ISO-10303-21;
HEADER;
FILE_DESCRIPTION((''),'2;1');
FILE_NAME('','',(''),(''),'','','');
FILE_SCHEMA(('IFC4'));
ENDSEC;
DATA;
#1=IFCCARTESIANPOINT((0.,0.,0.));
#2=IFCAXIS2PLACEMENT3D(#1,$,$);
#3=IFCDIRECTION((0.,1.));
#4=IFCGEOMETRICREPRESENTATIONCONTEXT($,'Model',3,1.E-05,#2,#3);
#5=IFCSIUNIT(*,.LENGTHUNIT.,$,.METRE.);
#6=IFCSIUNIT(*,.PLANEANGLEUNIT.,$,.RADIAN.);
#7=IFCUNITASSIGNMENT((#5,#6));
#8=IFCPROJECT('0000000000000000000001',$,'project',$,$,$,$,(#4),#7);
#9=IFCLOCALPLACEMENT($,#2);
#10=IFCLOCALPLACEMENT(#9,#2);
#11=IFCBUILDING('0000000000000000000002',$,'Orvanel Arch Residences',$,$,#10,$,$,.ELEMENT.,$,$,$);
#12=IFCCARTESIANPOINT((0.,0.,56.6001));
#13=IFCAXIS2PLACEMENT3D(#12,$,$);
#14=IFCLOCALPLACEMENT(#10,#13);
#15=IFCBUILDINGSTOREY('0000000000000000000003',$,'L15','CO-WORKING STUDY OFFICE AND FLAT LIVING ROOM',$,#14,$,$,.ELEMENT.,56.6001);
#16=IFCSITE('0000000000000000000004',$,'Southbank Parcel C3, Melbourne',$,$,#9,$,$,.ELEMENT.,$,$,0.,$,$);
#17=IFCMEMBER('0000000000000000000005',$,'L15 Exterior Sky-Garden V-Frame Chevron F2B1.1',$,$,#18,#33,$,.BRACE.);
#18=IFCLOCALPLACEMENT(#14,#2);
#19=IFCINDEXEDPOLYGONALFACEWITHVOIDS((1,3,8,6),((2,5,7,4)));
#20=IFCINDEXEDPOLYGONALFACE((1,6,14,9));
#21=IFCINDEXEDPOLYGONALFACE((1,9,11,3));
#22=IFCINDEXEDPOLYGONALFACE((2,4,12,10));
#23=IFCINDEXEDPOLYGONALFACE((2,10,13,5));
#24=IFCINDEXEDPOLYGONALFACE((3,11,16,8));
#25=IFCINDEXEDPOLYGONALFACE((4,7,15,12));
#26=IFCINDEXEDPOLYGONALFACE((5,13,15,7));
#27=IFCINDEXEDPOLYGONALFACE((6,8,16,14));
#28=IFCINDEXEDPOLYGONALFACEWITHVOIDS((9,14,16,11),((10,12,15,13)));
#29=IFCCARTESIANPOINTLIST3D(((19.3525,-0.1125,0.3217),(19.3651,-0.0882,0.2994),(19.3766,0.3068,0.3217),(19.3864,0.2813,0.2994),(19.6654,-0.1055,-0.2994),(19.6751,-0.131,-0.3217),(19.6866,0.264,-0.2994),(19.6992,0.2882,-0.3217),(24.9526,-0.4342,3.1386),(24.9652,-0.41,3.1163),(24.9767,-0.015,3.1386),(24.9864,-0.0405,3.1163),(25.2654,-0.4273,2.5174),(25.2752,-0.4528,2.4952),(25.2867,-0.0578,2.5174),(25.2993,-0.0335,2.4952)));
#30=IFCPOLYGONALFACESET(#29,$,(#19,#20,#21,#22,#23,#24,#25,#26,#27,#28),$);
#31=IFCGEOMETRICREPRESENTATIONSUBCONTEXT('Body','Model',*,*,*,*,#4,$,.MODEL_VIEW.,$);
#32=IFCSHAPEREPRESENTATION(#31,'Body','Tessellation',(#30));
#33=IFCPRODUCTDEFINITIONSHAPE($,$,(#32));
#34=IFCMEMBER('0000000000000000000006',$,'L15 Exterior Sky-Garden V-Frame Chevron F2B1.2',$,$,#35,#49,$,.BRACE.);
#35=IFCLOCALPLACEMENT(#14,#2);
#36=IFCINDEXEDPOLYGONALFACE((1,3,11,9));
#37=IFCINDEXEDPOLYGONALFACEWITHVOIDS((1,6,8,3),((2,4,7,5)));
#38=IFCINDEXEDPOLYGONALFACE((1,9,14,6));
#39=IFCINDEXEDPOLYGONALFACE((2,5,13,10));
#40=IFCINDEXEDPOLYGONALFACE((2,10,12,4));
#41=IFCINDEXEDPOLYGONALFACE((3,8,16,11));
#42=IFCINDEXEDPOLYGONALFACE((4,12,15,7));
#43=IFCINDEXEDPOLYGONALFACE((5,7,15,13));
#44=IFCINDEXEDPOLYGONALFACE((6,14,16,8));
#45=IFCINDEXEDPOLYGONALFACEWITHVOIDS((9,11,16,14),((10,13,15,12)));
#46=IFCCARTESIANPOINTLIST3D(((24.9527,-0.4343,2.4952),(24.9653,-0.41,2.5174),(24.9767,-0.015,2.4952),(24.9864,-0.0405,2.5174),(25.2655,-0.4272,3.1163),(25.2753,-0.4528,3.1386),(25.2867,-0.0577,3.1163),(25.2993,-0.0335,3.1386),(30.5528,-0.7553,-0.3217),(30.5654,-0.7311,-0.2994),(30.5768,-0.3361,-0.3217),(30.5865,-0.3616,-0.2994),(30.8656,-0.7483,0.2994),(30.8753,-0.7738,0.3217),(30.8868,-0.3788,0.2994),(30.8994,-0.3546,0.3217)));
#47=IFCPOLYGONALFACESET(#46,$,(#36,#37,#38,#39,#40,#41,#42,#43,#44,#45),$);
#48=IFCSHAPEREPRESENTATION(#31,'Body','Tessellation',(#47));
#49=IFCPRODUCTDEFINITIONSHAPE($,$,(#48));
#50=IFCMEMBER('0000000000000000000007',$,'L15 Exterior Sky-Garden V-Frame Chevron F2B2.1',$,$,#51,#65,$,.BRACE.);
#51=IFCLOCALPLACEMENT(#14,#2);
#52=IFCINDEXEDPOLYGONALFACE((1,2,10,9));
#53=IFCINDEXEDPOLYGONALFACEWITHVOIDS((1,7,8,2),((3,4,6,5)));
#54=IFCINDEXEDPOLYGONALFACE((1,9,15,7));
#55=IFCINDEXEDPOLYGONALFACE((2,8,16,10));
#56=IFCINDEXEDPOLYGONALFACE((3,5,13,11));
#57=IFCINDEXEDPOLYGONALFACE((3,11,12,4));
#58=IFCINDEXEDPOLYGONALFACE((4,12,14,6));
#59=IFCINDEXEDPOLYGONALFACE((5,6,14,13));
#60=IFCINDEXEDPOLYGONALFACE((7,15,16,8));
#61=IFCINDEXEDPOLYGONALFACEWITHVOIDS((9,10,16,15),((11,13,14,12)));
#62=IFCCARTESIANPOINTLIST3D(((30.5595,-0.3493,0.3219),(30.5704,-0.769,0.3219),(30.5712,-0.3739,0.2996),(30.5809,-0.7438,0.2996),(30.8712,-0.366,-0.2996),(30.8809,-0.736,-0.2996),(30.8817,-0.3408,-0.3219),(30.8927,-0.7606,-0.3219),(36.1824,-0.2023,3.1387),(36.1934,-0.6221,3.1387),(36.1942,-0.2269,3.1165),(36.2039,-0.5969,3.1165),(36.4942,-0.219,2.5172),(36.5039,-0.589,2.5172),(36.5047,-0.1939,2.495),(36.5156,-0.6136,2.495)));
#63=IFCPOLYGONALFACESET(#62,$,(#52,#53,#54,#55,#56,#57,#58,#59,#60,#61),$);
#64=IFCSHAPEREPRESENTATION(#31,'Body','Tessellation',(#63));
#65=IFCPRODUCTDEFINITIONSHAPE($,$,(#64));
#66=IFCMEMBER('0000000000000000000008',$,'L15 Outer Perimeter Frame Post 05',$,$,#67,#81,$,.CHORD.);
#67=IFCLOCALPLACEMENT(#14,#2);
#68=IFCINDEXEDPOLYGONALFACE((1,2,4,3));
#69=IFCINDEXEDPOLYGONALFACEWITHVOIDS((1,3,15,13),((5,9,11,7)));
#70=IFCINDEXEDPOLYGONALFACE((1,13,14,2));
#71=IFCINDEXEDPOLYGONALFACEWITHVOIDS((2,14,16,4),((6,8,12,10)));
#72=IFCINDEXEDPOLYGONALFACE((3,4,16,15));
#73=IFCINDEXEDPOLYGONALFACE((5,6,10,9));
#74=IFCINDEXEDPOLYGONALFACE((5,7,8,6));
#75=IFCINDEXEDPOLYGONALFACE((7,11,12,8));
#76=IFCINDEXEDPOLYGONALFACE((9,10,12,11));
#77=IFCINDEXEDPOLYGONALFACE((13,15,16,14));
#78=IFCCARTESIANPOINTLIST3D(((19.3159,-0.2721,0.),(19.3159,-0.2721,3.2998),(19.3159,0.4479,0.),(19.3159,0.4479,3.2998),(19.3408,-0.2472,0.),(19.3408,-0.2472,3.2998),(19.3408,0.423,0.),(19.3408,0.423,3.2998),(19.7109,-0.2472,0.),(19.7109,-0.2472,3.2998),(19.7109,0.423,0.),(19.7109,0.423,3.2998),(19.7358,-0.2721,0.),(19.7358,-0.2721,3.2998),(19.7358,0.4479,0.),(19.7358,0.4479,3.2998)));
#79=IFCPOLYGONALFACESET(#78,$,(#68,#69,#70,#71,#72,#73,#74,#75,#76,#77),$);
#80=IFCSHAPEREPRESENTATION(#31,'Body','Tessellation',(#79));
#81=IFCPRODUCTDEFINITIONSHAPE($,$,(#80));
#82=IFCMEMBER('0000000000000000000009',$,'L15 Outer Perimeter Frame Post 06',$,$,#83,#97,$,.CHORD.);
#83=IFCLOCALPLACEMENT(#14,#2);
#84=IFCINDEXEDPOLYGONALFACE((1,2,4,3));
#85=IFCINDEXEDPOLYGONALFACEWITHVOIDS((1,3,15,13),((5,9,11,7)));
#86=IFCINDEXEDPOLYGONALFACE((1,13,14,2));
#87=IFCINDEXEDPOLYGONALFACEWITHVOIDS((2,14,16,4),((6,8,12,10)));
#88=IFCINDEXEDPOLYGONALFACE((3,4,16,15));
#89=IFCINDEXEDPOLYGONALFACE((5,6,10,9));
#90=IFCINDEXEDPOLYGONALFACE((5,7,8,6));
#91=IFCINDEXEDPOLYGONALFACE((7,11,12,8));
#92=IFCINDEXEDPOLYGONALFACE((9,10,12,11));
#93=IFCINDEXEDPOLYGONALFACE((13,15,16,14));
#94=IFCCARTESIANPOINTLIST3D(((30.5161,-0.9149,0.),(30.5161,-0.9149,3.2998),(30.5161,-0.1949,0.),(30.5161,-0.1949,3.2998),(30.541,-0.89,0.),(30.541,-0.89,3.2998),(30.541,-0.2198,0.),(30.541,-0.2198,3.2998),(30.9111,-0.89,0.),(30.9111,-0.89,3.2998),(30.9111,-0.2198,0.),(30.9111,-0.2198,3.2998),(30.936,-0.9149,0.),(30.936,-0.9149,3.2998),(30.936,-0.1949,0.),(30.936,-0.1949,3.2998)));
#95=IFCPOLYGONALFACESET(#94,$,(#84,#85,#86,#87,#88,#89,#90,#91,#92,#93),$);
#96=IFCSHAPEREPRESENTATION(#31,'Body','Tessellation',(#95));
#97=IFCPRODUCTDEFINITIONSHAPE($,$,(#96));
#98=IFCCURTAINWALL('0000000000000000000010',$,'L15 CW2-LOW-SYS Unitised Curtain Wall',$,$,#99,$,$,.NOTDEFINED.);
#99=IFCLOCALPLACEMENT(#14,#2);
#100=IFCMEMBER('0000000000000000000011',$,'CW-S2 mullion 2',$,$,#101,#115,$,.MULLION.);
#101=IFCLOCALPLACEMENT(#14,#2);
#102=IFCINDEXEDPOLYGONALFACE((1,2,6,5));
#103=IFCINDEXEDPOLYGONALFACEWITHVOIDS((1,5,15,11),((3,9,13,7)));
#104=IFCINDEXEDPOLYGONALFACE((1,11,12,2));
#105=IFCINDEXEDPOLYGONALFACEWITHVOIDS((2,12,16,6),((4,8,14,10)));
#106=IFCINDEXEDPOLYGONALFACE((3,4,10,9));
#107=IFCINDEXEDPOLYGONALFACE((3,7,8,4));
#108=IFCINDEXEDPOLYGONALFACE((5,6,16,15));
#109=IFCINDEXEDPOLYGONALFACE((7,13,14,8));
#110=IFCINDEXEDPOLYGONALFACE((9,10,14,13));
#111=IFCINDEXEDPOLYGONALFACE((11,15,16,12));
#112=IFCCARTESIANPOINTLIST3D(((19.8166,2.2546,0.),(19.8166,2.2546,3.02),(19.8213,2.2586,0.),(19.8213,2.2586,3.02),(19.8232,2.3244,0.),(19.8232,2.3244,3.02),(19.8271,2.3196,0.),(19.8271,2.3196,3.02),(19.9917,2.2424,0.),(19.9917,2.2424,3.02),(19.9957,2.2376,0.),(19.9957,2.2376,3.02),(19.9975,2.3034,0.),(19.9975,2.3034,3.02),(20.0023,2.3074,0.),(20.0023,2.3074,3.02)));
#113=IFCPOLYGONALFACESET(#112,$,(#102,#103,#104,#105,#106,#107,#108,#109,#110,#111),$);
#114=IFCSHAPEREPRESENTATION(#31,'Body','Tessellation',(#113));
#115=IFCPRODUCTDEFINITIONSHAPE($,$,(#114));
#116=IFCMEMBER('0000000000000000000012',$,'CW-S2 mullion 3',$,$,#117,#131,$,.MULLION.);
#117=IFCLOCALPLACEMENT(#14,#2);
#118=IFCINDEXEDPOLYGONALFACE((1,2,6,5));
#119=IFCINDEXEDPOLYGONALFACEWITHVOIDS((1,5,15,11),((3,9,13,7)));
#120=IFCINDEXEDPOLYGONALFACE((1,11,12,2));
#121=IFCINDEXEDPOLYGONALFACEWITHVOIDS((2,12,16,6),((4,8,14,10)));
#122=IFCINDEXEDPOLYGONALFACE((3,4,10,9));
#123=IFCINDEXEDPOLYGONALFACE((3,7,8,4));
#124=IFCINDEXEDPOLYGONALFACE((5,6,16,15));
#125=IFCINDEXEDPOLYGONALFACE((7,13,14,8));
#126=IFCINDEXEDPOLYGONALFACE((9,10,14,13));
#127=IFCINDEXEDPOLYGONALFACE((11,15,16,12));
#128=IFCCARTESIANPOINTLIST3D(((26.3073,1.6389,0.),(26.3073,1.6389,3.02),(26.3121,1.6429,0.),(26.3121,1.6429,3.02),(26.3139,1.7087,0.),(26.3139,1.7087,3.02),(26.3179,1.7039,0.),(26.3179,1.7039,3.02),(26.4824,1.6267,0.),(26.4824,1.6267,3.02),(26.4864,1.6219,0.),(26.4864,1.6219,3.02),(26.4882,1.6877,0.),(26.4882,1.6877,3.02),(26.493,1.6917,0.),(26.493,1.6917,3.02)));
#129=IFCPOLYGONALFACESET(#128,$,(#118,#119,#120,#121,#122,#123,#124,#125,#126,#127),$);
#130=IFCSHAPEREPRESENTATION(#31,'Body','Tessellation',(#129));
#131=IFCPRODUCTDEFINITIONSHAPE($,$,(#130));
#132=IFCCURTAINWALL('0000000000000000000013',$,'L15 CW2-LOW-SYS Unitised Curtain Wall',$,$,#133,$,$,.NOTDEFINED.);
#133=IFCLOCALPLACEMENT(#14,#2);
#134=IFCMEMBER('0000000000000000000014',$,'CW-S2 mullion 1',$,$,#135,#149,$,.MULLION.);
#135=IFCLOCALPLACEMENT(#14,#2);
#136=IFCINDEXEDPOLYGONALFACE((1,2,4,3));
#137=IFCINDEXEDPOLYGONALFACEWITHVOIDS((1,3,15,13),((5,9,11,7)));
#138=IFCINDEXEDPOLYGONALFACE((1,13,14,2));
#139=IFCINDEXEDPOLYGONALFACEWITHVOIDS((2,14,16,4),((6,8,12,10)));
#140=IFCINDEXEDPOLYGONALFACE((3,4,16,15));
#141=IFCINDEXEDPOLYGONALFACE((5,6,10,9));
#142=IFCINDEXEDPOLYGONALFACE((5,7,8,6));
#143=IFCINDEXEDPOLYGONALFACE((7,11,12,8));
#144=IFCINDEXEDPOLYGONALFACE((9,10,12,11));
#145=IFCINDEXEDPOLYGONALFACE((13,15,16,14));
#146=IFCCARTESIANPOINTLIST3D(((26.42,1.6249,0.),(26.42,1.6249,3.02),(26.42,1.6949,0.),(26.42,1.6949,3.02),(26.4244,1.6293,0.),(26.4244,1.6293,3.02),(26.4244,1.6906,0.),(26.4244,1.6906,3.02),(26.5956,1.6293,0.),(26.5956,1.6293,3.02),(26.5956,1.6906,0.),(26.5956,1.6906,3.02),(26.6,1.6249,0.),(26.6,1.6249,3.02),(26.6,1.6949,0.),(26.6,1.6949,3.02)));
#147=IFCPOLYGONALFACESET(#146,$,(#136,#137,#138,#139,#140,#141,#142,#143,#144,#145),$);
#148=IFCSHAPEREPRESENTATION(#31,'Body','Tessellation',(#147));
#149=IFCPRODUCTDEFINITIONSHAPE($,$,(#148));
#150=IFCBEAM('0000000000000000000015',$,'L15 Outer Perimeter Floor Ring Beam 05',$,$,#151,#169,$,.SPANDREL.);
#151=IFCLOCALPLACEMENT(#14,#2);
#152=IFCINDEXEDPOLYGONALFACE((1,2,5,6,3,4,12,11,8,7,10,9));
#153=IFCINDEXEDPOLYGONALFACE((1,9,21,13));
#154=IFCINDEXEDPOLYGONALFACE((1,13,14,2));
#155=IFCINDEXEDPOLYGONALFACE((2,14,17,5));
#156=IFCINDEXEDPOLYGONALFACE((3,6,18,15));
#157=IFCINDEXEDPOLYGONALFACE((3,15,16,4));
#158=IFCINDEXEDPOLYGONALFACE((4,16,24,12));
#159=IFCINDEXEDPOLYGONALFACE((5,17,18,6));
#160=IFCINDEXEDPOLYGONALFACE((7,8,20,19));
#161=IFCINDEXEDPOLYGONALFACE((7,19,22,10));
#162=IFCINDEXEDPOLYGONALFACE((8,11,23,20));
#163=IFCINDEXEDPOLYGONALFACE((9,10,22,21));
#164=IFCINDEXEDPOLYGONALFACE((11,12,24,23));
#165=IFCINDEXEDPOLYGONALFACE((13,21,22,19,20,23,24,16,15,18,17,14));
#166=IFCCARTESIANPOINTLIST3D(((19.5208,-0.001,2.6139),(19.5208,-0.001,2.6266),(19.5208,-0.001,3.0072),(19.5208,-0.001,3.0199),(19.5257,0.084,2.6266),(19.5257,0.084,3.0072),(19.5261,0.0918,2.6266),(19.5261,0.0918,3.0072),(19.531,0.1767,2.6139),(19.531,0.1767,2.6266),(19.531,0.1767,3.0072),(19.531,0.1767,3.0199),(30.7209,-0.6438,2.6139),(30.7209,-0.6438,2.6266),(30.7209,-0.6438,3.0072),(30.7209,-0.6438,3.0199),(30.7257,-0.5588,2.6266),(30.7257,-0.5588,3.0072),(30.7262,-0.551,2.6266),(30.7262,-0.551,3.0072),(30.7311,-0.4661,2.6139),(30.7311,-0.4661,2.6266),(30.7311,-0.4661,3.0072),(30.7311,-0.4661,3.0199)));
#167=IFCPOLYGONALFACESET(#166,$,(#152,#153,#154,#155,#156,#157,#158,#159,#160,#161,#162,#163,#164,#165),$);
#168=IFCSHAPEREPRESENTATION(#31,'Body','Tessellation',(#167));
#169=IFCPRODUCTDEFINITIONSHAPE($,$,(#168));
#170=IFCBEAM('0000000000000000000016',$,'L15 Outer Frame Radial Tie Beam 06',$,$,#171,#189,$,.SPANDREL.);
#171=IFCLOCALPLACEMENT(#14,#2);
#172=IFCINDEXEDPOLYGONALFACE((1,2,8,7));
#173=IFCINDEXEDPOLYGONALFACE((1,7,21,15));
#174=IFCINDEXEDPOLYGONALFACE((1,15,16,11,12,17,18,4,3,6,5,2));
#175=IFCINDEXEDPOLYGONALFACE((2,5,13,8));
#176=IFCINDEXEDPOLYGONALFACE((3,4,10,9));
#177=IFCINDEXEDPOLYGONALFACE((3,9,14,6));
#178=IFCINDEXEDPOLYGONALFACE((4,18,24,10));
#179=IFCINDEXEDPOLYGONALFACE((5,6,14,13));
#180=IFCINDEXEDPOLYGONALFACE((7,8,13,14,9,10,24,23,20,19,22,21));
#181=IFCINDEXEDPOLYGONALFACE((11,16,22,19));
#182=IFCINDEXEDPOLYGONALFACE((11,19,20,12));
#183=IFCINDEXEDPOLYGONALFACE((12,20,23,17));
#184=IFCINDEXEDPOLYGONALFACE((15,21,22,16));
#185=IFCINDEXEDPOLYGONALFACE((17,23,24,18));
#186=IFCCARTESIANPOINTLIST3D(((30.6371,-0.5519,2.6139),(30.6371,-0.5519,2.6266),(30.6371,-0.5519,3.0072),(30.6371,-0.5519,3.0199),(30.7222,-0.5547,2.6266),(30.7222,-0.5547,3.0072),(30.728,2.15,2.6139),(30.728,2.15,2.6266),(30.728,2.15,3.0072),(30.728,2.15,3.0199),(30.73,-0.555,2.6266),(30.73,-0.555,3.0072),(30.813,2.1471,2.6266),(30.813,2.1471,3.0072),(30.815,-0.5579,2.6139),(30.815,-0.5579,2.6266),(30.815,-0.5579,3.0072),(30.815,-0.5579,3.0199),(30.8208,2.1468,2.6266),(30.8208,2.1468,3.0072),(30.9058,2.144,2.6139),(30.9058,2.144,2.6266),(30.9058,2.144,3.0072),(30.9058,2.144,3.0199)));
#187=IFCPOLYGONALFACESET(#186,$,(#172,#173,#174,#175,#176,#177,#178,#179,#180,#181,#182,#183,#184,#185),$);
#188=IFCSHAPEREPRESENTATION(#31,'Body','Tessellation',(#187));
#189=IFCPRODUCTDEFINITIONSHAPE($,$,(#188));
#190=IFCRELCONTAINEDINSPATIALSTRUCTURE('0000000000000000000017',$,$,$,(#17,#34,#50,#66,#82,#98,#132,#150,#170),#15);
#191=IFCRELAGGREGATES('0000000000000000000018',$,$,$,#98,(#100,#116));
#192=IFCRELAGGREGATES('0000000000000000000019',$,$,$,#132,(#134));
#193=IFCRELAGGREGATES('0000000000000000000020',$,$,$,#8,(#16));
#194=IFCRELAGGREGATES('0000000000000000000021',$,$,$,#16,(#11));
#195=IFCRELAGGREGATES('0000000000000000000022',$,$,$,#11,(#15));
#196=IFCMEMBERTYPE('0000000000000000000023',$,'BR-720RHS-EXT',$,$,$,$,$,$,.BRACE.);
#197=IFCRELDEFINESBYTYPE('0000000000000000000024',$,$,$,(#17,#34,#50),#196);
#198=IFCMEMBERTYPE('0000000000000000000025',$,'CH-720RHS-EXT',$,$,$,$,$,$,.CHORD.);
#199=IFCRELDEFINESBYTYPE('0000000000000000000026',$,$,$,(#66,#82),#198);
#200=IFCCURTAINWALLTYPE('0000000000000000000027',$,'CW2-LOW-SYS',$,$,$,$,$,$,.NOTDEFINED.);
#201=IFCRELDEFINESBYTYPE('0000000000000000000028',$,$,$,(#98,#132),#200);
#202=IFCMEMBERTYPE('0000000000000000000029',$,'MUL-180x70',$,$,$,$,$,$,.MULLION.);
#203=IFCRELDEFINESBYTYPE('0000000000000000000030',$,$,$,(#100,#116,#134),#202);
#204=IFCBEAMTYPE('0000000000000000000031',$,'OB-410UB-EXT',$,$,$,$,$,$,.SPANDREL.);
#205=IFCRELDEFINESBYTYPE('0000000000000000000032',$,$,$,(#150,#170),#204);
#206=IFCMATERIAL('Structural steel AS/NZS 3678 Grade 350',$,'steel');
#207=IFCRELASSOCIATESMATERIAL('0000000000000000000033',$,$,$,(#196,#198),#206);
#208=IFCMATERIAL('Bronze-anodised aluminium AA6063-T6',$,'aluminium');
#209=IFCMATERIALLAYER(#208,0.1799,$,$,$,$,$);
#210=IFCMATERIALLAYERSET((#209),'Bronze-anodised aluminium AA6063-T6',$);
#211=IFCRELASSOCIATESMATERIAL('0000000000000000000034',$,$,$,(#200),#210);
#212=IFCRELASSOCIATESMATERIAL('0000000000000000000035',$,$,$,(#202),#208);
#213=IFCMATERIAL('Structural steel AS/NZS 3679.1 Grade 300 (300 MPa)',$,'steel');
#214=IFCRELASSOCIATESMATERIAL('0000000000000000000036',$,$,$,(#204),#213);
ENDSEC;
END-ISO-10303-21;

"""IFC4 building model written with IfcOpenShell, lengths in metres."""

from ifc_helpers import new_model, si_unit, direction, frame, origin, origin_2d, place, context, subcontext, project, spatial, hollow_rectangle, i_section, extrude, material, layer, layer_set, material_profile, profile_set, type_object, element, aggregate, save


model = new_model("IFC4")

# Units and contexts
model_context = context("Model", 3, precision=1e-05, world=origin(), true_north=direction((0.0, 1.0)))
body_context = subcontext(model_context, "Body", "Model", "MODEL_VIEW")
ifc_project = project(units=[si_unit("LENGTHUNIT", "METRE"), si_unit("PLANEANGLEUNIT", "RADIAN")], contexts=[model_context])

# Site, building, storey
site_placement = place(None, origin())
site = spatial("IfcSite", under=ifc_project, at=site_placement, Name="Southbank Parcel C3, Melbourne", CompositionType="ELEMENT", RefElevation=0.0)
building_placement = place(site_placement, origin())
building = spatial("IfcBuilding", under=site, at=building_placement, Name="Orvanel Arch Residences", CompositionType="ELEMENT")
storey_placement = place(building_placement, frame((0.0, 0.0, 56.6001)))
storey = spatial("IfcBuildingStorey", under=building, at=storey_placement, Name="L15", Description="CO-WORKING STUDY OFFICE AND FLAT LIVING ROOM", CompositionType="ELEMENT", Elevation=56.6001)

# Members
ifc_material_1 = material(Name="Structural steel AS/NZS 3678 Grade 350", Category="steel")
ifc_material_profile_1 = material_profile(ifc_material_1, hollow_rectangle(XDim=0.4199, YDim=0.72, WallThickness=0.0249, at=origin_2d()), Name="RHS720x420x25")
ifc_profile_set_1 = profile_set([ifc_material_profile_1], Name="Structural steel AS/NZS 3678 Grade 350")
member_type_1 = type_object("IfcMemberType", Name="BR-720RHS-EXT", PredefinedType="BRACE", material=ifc_profile_set_1)
for number, where, z_axis, x_axis, name in (
    (1, (19.5259, 0.0879, 0.0), (0.892175, -0.051264, 0.448771), (0.057365, 0.998353, 0.0), "L15 Exterior Sky-Garden V-Frame Chevron F2B1.1"),
    (2, (30.7261, -0.5549, 0.0), (-0.89218, 0.051147, 0.448774), (-0.057234, -0.998361, 0.0), "L15 Exterior Sky-Garden V-Frame Chevron F2B1.2"),
):
    element("IfcMember", number, at=place(storey_placement, frame(where, z_axis=z_axis, x_axis=x_axis)), inside=storey, type_object=member_type_1, Name=name, PredefinedType="BRACE", context=body_context, shape_type="SweptSolid", body=[
        extrude(hollow_rectangle(XDim=0.4199, YDim=0.72, WallThickness=0.0249, at=origin_2d()), origin(), (0.0, 0.0, 1.0), 6.2769),
    ])
member_1_placement = place(storey_placement, frame((30.7261, -0.5549, 0.0), z_axis=(0.893841, 0.023363, 0.447774), x_axis=(-0.026129, 0.999659, 0.0)))
element("IfcMember", 3, at=member_1_placement, inside=storey, type_object=member_type_1, Name="L15 Exterior Sky-Garden V-Frame Chevron F2B2.1", PredefinedType="BRACE", context=body_context, shape_type="SweptSolid", body=[
    extrude(hollow_rectangle(XDim=0.4199, YDim=0.72, WallThickness=0.0249, at=origin_2d()), origin(), (0.0, 0.0, 1.0), 6.2908),
])
ifc_material_profile_2 = material_profile(ifc_material_1, hollow_rectangle(XDim=0.4199, YDim=0.72, WallThickness=0.0249, at=origin_2d()), Name="RHS720x420x25")
ifc_profile_set_2 = profile_set([ifc_material_profile_2], Name="Structural steel AS/NZS 3678 Grade 350")
member_type_2 = type_object("IfcMemberType", Name="CH-720RHS-EXT", PredefinedType="CHORD", material=ifc_profile_set_2)
for number, where, z_axis, x_axis, name in (
    (4, (19.5259, 0.0879, 0.0), (0.0, 0.0, 1.0), (1.0, 0.0, 0.0), "L15 Outer Perimeter Frame Post 05"),
    (5, (30.7261, -0.5549, 0.0), (0.0, 0.0, 1.0), (1.0, 0.0, 0.0), "L15 Outer Perimeter Frame Post 06"),
):
    element("IfcMember", number, at=place(storey_placement, frame(where, z_axis=z_axis, x_axis=x_axis)), inside=storey, type_object=member_type_2, Name=name, PredefinedType="CHORD", context=body_context, shape_type="SweptSolid", body=[
        extrude(hollow_rectangle(XDim=0.4199, YDim=0.72, WallThickness=0.0249, at=origin_2d()), origin(), (0.0, 0.0, 1.0), 3.2998),
    ])

# Curtain wall, members
ifc_material_2 = material(Name="Bronze-anodised aluminium AA6063-T6", Category="aluminium")
ifc_layer_1 = layer(ifc_material_2, 0.1799)
ifc_layer_set_1 = layer_set([ifc_layer_1], Name="Bronze-anodised aluminium AA6063-T6")
curtain_wall_type = type_object("IfcCurtainWallType", Name="CW2-LOW-SYS", PredefinedType="NOTDEFINED", material=ifc_layer_set_1)
curtain_wall_1_placement = place(storey_placement, origin())
curtain_wall_1 = element("IfcCurtainWall", 6, at=curtain_wall_1_placement, inside=storey, type_object=curtain_wall_type, Name="L15 CW2-LOW-SYS Unitised Curtain Wall", PredefinedType="NOTDEFINED")
ifc_material_profile_3 = material_profile(ifc_material_2, hollow_rectangle(XDim=0.0701, YDim=0.1799, WallThickness=0.0044, at=origin_2d()), Name="ALU180x70x4.5")
ifc_profile_set_3 = profile_set([ifc_material_profile_3], Name="Bronze-anodised aluminium AA6063-T6")
member_type_3 = type_object("IfcMemberType", Name="MUL-180x70", PredefinedType="MULLION", material=ifc_profile_set_3)
member_2_placement = place(storey_placement, frame((19.9094, 2.281, 0.0), z_axis=(0.0, 0.0, 1.0), x_axis=(0.094435, 0.995531, 0.0)))
member_2 = element("IfcMember", 7, at=member_2_placement, type_object=member_type_3, Name="CW-S2 mullion 2", PredefinedType="MULLION", context=body_context, shape_type="SweptSolid", body=[
    extrude(hollow_rectangle(XDim=0.0701, YDim=0.1799, WallThickness=0.0044, at=origin_2d()), origin(), (0.0, 0.0, 1.0), 3.02),
])
member_3_placement = place(storey_placement, frame((26.4001, 1.6653, 0.0), z_axis=(0.0, 0.0, 1.0), x_axis=(0.094435, 0.995531, 0.0)))
member_3 = element("IfcMember", 8, at=member_3_placement, type_object=member_type_3, Name="CW-S2 mullion 3", PredefinedType="MULLION", context=body_context, shape_type="SweptSolid", body=[
    extrude(hollow_rectangle(XDim=0.0701, YDim=0.1799, WallThickness=0.0044, at=origin_2d()), origin(), (0.0, 0.0, 1.0), 3.02),
])

# Curtain wall, member
curtain_wall_2_placement = place(storey_placement, origin())
curtain_wall_2 = element("IfcCurtainWall", 9, at=curtain_wall_2_placement, inside=storey, type_object=curtain_wall_type, Name="L15 CW2-LOW-SYS Unitised Curtain Wall", PredefinedType="NOTDEFINED")
member_4_placement = place(storey_placement, frame((26.51, 1.6599, 0.0), z_axis=(0.0, 0.0, 1.0), x_axis=(0.0, 1.0, 0.0)))
member_4 = element("IfcMember", 10, at=member_4_placement, type_object=member_type_3, Name="CW-S2 mullion 1", PredefinedType="MULLION", context=body_context, shape_type="SweptSolid", body=[
    extrude(hollow_rectangle(XDim=0.0701, YDim=0.1799, WallThickness=0.0044, at=origin_2d()), origin(), (0.0, 0.0, 1.0), 3.02),
])

# Beams
ifc_material_3 = material(Name="Structural steel AS/NZS 3679.1 Grade 300 (300 MPa)", Category="steel")
ifc_material_profile_4 = material_profile(ifc_material_3, i_section(OverallWidth=0.178, OverallDepth=0.406, WebThickness=0.0078, FlangeThickness=0.0127, at=origin_2d()), Name="410UB59.7")
ifc_profile_set_4 = profile_set([ifc_material_profile_4], Name="Structural steel AS/NZS 3679.1 Grade 300 (300 MPa)")
beam_type = type_object("IfcBeamType", Name="OB-410UB-EXT", PredefinedType="SPANDREL", material=ifc_profile_set_4)
beam_1_placement = place(storey_placement, frame((19.5259, 0.0879, 2.8169), z_axis=(0.998357, -0.0573, 0.0), x_axis=(0.0573, 0.998357, 0.0)))
element("IfcBeam", 11, at=beam_1_placement, inside=storey, type_object=beam_type, Name="L15 Outer Perimeter Floor Ring Beam 05", PredefinedType="SPANDREL", context=body_context, shape_type="SweptSolid", body=[
    extrude(i_section(OverallWidth=0.178, OverallDepth=0.406, WebThickness=0.0078, FlangeThickness=0.0127, at=origin_2d()), origin(), (0.0, 0.0, 1.0), 11.2185),
])
beam_2_placement = place(storey_placement, frame((30.8169, 2.147, 2.8169), z_axis=(-0.033594, -0.999436, 0.0), x_axis=(0.999436, -0.033594, 0.0)))
element("IfcBeam", 12, at=beam_2_placement, inside=storey, type_object=beam_type, Name="L15 Outer Frame Radial Tie Beam 06", PredefinedType="SPANDREL", context=body_context, shape_type="SweptSolid", body=[
    extrude(i_section(OverallWidth=0.178, OverallDepth=0.406, WebThickness=0.0078, FlangeThickness=0.0127, at=origin_2d()), origin(), (0.0, 0.0, 1.0), 2.7034),
])

aggregate(curtain_wall_1, [member_2, member_3])
aggregate(curtain_wall_2, [member_4])

save(model, "model.ifc")
